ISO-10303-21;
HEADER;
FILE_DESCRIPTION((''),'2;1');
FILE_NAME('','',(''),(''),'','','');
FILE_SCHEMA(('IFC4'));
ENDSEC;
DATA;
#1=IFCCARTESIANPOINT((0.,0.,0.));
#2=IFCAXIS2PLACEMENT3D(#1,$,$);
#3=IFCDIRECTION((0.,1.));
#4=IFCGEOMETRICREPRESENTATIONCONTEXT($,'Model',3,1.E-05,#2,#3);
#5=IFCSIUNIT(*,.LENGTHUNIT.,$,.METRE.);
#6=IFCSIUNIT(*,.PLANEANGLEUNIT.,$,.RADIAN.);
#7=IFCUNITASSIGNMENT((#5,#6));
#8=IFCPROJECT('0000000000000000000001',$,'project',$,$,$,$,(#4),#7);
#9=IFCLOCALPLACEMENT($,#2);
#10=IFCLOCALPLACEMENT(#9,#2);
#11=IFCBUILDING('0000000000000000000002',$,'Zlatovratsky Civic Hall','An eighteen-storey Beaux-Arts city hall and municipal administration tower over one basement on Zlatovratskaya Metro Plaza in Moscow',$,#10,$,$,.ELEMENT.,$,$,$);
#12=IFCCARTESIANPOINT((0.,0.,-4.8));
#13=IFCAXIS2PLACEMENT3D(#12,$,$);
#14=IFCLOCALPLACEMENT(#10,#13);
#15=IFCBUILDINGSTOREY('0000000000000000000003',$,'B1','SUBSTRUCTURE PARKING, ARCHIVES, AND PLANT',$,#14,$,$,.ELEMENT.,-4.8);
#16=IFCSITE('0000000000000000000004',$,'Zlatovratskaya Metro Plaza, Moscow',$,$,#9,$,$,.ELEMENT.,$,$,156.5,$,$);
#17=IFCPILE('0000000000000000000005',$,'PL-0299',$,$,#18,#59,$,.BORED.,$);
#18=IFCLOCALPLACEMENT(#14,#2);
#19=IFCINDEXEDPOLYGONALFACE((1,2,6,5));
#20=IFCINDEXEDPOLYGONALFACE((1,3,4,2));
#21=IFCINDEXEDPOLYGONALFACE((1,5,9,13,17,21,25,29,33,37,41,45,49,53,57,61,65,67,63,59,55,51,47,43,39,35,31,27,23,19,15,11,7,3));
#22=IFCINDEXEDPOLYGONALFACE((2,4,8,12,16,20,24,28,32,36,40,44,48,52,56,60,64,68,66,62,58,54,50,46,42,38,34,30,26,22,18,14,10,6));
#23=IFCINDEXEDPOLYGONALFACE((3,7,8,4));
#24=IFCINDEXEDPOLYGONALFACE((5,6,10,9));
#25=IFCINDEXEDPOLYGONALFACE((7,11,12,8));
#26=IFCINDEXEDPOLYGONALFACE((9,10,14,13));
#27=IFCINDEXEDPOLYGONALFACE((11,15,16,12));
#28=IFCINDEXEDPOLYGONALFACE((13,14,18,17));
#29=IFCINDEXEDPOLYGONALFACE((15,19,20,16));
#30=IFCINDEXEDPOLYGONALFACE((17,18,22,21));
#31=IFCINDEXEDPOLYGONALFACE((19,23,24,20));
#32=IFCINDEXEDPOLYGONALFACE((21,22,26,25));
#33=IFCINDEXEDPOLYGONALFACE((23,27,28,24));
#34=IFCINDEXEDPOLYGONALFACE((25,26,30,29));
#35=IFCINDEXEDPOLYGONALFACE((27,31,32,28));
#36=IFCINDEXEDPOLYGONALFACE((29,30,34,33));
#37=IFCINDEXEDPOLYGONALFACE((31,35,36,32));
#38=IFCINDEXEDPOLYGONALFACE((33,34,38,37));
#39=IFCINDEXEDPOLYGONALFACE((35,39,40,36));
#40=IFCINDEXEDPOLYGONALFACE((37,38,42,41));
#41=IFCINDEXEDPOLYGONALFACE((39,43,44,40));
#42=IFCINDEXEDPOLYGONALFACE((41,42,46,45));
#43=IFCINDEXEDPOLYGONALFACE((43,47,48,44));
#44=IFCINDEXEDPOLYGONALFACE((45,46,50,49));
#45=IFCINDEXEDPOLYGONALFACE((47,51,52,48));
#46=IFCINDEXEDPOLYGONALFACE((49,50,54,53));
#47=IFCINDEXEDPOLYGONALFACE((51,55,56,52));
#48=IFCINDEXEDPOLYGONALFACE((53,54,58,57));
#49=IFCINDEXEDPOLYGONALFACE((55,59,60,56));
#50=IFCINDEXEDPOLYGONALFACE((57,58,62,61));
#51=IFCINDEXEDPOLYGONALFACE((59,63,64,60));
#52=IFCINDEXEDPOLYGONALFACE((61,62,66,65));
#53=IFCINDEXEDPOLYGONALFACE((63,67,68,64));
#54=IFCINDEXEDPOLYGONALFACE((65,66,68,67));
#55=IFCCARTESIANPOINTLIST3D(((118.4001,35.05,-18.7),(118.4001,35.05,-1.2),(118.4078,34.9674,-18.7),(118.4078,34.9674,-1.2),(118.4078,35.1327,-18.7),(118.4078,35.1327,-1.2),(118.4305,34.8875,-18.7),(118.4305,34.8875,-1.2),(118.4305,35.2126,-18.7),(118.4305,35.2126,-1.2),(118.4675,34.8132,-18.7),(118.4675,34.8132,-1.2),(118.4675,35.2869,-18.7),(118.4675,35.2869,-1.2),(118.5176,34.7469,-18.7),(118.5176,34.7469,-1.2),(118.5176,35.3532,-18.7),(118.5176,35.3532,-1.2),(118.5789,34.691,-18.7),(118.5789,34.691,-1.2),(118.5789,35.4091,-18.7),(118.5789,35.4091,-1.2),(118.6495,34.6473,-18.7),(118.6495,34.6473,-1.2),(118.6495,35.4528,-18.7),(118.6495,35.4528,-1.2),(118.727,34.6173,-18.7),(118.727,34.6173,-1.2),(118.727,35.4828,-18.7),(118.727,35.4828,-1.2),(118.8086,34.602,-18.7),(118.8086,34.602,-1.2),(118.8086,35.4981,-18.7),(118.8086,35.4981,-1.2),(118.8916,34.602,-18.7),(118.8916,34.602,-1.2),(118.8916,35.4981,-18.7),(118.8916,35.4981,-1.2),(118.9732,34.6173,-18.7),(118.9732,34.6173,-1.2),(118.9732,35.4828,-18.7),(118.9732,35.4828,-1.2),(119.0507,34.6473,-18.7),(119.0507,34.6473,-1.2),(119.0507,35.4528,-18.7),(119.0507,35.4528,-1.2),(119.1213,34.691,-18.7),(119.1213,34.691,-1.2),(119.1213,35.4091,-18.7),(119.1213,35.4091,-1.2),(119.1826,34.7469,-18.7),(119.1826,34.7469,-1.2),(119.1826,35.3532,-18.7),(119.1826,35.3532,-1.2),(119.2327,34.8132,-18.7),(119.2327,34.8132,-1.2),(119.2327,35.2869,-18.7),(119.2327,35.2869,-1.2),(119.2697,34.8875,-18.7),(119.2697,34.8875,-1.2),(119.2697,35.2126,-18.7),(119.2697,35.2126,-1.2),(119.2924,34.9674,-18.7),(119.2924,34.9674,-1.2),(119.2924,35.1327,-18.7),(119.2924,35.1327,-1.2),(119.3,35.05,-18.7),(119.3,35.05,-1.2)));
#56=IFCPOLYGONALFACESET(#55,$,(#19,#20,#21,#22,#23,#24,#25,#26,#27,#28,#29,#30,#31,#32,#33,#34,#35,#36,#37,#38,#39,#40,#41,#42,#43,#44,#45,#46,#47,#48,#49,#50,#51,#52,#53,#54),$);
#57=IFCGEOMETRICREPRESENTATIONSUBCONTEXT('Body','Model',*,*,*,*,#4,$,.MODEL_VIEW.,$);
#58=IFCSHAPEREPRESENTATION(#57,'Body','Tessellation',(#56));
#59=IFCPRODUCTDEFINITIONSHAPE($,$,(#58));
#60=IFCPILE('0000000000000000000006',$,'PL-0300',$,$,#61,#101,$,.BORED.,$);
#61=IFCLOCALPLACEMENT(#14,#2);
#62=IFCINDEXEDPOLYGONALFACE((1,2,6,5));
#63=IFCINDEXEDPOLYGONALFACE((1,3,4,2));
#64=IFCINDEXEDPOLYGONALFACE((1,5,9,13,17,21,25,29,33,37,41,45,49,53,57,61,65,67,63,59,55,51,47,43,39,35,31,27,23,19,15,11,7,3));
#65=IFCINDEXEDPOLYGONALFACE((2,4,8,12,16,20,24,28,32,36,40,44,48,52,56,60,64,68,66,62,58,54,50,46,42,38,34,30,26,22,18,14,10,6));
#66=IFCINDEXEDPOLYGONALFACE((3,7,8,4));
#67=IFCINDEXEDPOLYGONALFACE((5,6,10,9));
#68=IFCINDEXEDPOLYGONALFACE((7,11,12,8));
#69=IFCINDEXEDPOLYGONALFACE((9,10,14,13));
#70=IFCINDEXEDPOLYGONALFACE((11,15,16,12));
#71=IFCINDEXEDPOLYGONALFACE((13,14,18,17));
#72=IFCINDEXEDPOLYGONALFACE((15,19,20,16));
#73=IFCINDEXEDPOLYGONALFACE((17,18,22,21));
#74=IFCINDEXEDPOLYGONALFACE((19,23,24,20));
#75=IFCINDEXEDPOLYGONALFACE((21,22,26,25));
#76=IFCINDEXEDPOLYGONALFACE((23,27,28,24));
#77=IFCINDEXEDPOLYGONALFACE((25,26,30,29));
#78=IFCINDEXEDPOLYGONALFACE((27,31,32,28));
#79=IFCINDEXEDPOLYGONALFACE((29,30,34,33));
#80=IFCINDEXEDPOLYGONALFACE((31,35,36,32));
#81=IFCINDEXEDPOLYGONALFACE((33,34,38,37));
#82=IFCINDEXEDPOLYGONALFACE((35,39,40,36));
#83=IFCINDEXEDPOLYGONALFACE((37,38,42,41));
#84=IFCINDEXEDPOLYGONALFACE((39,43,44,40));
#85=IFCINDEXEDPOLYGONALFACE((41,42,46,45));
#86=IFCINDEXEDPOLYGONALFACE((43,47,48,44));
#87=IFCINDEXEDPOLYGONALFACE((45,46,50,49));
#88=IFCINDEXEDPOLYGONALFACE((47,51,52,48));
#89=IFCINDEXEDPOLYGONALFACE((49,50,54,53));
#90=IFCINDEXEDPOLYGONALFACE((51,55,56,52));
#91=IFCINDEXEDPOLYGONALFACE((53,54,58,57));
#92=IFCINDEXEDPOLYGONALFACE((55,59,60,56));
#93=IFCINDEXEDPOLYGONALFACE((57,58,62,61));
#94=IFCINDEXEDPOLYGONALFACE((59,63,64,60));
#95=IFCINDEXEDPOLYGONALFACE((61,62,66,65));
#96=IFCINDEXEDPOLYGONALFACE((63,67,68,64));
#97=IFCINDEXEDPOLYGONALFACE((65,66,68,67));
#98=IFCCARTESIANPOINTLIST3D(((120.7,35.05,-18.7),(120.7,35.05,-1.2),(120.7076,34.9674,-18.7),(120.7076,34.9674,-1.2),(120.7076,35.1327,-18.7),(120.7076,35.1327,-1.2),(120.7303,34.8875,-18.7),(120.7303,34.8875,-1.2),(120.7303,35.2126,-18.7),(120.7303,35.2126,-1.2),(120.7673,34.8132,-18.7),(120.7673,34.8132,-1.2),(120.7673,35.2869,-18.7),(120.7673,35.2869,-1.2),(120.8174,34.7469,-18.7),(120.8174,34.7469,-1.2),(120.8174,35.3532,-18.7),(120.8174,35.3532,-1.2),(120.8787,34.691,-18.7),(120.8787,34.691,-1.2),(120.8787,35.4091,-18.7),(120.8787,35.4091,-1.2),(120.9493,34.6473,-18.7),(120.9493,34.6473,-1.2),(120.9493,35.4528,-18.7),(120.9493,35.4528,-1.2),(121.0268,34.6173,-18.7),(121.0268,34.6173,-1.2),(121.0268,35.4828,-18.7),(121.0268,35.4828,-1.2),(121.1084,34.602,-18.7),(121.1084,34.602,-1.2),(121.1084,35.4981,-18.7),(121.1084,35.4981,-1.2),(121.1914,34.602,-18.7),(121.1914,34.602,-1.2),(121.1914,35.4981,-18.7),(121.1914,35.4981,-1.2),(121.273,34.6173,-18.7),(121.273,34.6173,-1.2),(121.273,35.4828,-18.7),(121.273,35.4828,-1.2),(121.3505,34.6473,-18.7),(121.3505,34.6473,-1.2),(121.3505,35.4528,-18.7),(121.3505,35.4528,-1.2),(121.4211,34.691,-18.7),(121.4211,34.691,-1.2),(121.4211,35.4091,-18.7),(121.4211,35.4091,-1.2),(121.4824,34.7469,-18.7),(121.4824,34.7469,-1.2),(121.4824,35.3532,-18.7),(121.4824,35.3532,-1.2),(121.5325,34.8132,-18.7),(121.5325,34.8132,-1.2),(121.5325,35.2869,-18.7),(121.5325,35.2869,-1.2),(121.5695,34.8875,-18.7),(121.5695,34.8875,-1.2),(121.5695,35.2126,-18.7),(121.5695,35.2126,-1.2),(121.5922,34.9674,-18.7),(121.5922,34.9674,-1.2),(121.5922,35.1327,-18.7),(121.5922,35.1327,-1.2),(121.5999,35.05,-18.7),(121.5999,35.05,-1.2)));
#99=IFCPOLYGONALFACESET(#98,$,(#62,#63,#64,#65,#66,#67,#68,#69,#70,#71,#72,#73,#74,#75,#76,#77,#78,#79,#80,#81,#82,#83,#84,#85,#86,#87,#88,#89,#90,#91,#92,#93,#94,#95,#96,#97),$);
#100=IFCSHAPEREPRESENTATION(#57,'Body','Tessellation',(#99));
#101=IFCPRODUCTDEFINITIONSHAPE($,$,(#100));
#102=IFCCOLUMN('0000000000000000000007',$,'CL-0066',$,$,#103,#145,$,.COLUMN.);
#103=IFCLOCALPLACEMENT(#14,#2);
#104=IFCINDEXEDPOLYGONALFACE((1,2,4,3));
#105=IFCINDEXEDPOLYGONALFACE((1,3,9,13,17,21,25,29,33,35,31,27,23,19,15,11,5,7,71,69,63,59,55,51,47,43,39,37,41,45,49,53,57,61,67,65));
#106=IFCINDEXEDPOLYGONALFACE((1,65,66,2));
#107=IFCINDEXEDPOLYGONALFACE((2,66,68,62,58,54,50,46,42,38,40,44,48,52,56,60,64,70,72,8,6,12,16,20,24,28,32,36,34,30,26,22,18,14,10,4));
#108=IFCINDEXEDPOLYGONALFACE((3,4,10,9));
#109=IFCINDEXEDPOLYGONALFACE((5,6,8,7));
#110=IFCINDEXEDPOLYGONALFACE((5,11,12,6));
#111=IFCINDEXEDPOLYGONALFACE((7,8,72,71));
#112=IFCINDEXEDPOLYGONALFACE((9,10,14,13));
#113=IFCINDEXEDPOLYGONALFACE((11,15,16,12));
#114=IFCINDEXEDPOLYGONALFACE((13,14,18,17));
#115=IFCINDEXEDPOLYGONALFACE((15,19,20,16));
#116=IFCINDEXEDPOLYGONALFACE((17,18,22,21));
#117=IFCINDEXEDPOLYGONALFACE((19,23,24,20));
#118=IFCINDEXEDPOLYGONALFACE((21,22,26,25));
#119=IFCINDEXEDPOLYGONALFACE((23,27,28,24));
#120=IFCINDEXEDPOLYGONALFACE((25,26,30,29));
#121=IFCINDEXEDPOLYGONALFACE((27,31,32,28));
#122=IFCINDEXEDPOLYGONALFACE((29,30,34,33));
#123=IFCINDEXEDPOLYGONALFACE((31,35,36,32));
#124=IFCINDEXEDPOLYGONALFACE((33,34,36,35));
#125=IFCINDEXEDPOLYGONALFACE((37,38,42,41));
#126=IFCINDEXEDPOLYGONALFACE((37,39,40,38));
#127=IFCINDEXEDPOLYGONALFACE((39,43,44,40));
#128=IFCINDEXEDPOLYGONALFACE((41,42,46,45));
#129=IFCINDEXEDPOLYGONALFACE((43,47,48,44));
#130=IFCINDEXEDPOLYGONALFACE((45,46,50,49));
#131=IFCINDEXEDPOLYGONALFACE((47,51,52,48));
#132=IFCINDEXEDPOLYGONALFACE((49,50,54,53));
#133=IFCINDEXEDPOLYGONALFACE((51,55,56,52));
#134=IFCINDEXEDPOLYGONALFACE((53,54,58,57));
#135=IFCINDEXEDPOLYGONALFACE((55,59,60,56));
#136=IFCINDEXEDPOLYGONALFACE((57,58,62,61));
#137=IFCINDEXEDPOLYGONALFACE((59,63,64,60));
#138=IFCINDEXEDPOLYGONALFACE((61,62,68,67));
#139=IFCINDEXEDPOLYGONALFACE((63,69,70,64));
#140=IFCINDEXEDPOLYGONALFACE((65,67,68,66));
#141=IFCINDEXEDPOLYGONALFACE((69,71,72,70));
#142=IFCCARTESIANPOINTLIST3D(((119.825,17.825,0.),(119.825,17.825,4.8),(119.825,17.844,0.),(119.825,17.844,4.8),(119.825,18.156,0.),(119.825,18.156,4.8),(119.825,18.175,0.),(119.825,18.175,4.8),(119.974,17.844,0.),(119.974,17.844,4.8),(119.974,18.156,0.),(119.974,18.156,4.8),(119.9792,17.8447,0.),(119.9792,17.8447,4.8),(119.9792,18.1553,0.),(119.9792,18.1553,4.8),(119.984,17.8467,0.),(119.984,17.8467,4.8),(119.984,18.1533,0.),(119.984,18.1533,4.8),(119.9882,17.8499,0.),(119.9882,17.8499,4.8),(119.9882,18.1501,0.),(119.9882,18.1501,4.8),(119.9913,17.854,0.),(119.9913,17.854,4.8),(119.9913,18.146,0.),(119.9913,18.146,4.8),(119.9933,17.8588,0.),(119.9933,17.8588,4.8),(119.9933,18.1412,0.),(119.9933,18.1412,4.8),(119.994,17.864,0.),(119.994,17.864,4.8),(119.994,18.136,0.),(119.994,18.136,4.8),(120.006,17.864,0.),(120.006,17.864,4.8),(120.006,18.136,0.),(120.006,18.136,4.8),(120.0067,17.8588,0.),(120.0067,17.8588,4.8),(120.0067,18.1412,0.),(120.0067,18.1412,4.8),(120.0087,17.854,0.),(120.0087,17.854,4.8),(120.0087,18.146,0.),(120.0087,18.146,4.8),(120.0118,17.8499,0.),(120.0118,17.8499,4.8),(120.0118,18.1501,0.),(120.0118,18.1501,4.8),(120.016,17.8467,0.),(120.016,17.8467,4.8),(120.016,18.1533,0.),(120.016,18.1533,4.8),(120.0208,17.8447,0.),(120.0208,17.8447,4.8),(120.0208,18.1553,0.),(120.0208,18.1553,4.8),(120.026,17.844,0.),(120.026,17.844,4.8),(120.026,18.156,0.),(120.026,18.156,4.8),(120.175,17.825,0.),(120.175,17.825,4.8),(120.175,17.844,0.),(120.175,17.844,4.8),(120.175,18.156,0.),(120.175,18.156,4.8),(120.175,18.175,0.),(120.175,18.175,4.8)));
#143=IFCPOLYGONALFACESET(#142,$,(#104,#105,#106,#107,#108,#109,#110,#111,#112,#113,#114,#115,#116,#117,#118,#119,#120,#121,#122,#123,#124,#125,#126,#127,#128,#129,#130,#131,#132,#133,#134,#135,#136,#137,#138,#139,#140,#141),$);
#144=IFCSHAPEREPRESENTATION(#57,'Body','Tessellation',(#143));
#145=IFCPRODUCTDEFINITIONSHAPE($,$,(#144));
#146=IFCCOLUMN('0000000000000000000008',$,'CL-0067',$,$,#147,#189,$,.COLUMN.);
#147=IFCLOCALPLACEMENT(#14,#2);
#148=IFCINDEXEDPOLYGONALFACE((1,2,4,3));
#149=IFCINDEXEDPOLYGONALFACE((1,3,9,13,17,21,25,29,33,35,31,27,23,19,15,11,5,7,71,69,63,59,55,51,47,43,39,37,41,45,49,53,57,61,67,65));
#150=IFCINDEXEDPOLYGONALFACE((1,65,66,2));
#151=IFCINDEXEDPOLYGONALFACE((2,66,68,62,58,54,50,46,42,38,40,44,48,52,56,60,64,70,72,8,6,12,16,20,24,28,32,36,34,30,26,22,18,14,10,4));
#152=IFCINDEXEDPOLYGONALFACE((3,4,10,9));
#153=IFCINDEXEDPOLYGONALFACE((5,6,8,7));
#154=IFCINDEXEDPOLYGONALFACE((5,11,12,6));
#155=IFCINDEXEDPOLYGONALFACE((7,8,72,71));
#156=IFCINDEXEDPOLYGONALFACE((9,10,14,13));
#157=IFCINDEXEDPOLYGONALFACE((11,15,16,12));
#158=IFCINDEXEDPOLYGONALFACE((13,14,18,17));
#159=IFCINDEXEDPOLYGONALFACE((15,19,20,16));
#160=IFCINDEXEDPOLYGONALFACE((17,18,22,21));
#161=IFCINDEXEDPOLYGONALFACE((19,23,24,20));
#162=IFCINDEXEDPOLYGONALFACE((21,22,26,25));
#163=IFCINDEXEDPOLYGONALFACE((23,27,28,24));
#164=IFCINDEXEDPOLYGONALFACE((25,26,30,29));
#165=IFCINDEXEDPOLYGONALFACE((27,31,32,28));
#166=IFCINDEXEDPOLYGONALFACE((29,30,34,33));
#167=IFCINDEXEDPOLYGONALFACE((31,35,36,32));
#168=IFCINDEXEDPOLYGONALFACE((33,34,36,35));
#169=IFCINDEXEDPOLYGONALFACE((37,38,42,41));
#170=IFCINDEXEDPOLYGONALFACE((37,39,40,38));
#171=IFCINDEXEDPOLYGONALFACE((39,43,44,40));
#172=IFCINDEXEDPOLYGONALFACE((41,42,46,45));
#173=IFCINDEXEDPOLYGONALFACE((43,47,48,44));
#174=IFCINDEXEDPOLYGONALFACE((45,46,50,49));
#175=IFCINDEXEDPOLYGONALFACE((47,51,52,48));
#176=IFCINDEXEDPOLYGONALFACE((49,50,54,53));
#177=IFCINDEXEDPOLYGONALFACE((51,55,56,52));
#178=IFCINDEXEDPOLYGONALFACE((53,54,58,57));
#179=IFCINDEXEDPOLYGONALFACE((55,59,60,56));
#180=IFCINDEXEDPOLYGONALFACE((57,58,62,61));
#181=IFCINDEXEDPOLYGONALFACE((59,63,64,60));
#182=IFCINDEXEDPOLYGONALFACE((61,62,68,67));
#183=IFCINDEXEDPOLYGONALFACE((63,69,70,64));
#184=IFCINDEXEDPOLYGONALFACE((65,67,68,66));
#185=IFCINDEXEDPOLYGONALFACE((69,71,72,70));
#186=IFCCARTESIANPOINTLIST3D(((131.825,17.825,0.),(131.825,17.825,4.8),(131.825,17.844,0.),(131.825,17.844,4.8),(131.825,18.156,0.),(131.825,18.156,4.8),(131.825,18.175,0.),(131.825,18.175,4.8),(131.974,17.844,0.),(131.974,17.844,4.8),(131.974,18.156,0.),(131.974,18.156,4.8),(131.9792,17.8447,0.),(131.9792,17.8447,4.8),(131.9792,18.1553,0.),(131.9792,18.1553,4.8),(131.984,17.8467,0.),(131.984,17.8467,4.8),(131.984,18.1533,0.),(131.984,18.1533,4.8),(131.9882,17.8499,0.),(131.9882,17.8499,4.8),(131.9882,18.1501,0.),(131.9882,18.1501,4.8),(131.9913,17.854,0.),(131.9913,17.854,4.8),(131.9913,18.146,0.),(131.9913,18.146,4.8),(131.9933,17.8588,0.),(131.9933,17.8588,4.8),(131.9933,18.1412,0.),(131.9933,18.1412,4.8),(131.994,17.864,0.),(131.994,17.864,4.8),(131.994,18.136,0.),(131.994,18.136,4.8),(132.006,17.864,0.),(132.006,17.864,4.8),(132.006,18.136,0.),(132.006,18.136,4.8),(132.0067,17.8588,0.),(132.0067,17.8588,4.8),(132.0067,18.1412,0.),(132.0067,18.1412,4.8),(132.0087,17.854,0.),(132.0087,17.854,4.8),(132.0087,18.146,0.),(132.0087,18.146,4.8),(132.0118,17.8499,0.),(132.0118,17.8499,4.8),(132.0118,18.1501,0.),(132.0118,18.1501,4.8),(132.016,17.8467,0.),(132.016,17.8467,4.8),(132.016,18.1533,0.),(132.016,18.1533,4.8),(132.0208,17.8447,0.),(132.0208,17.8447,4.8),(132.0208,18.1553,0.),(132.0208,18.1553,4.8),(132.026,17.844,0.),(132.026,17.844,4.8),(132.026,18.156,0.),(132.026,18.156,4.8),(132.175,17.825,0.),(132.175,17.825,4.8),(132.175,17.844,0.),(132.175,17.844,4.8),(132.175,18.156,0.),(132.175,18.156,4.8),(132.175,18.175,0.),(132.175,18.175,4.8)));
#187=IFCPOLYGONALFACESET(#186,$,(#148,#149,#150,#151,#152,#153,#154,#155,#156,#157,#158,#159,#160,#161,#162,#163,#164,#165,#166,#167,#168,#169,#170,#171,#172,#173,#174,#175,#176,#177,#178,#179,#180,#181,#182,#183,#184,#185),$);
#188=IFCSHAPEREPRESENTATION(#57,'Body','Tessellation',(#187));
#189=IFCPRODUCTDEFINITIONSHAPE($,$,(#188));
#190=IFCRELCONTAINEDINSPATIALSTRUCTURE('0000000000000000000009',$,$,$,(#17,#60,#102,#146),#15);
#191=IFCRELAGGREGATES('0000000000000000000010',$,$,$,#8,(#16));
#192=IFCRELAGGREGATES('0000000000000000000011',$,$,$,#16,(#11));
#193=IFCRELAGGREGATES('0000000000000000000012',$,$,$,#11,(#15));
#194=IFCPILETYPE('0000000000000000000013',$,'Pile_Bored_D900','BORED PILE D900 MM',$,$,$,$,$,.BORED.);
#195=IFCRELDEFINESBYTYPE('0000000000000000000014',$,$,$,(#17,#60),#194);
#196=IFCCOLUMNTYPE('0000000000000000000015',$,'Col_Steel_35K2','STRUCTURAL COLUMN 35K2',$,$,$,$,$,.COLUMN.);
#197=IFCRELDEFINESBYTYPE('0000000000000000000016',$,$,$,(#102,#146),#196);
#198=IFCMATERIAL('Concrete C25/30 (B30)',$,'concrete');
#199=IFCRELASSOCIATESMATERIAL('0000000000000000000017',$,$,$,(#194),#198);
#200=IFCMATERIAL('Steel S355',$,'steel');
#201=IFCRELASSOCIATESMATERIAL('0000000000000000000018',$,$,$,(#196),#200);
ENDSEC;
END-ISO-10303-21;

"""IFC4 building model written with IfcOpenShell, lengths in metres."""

from ifc_helpers import new_model, si_unit, direction, frame, origin, origin_2d, place, context, subcontext, project, spatial, circle, i_section, extrude, material, material_profile, profile_set, type_object, element, save


model = new_model("IFC4")

# Units and contexts
model_context = context("Model", 3, precision=1e-05, world=origin(), true_north=direction((0.0, 1.0)))
body_context = subcontext(model_context, "Body", "Model", "MODEL_VIEW")
ifc_project = project(units=[si_unit("LENGTHUNIT", "METRE"), si_unit("PLANEANGLEUNIT", "RADIAN")], contexts=[model_context])

# Site, building, storey
site_placement = place(None, origin())
site = spatial("IfcSite", under=ifc_project, at=site_placement, Name="Zlatovratskaya Metro Plaza, Moscow", CompositionType="ELEMENT", RefElevation=156.5)
building_placement = place(site_placement, origin())
building = spatial("IfcBuilding", under=site, at=building_placement, Name="Zlatovratsky Civic Hall", Description="An eighteen-storey Beaux-Arts city hall and municipal administration tower over one basement on Zlatovratskaya Metro Plaza in Moscow", CompositionType="ELEMENT")
storey_placement = place(building_placement, frame((0.0, 0.0, -4.8)))
storey = spatial("IfcBuildingStorey", under=building, at=storey_placement, Name="B1", Description="SUBSTRUCTURE PARKING, ARCHIVES, AND PLANT", CompositionType="ELEMENT", Elevation=-4.8)

# Shared definitions
ifc_material_1 = material(Name="Concrete C25/30 (B30)", Category="concrete")

# Piles
ifc_material_profile_1 = material_profile(ifc_material_1, circle(Radius=0.45, at=origin_2d()), Name="PILE D900")
ifc_profile_set_1 = profile_set([ifc_material_profile_1], Name="Concrete C25/30 (B30)")
pile_type_1 = type_object("IfcPileType", Name="Pile_Bored_D900", Description="BORED PILE D900 MM", PredefinedType="BORED", material=ifc_profile_set_1)
for number, where, z_axis, x_axis, name in (
    (1, (118.8501, 35.05, -1.2), (0.0, 0.0, -1.0), (1.0, 0.0, 0.0), "PL-0299"),
    (2, (121.1499, 35.05, -1.2), (0.0, 0.0, -1.0), (1.0, 0.0, 0.0), "PL-0300"),
):
    element("IfcPile", number, at=place(storey_placement, frame(where, z_axis=z_axis, x_axis=x_axis)), inside=storey, type_object=pile_type_1, Name=name, PredefinedType="BORED", context=body_context, shape_type="SweptSolid", body=[
        extrude(circle(Radius=0.45, at=origin_2d()), origin(), (0.0, 0.0, 1.0), 17.5),
    ])

# Columns
ifc_material_2 = material(Name="Steel S355", Category="steel")
ifc_material_profile_2 = material_profile(ifc_material_2, i_section(OverallWidth=0.3501, OverallDepth=0.3501, WebThickness=0.012, FlangeThickness=0.019, FilletRadius=0.02, at=origin_2d()), Name="35K2")
ifc_profile_set_2 = profile_set([ifc_material_profile_2], Name="Steel S355")
column_type = type_object("IfcColumnType", Name="Col_Steel_35K2", Description="STRUCTURAL COLUMN 35K2", PredefinedType="COLUMN", material=ifc_profile_set_2)
for number, where, z_axis, x_axis, name in (
    (3, (120.0, 18.0, 0.0), (0.0, 0.0, 1.0), (1.0, 0.0, 0.0), "CL-0066"),
    (4, (132.0, 18.0, 0.0), (0.0, 0.0, 1.0), (1.0, 0.0, 0.0), "CL-0067"),
):
    element("IfcColumn", number, at=place(storey_placement, frame(where, z_axis=z_axis, x_axis=x_axis)), inside=storey, type_object=column_type, Name=name, PredefinedType="COLUMN", context=body_context, shape_type="SweptSolid", body=[
        extrude(i_section(OverallWidth=0.3501, OverallDepth=0.3501, WebThickness=0.012, FlangeThickness=0.019, FilletRadius=0.02, at=origin_2d()), origin(), (0.0, 0.0, 1.0), 4.8),
    ])

save(model, "model.ifc")
